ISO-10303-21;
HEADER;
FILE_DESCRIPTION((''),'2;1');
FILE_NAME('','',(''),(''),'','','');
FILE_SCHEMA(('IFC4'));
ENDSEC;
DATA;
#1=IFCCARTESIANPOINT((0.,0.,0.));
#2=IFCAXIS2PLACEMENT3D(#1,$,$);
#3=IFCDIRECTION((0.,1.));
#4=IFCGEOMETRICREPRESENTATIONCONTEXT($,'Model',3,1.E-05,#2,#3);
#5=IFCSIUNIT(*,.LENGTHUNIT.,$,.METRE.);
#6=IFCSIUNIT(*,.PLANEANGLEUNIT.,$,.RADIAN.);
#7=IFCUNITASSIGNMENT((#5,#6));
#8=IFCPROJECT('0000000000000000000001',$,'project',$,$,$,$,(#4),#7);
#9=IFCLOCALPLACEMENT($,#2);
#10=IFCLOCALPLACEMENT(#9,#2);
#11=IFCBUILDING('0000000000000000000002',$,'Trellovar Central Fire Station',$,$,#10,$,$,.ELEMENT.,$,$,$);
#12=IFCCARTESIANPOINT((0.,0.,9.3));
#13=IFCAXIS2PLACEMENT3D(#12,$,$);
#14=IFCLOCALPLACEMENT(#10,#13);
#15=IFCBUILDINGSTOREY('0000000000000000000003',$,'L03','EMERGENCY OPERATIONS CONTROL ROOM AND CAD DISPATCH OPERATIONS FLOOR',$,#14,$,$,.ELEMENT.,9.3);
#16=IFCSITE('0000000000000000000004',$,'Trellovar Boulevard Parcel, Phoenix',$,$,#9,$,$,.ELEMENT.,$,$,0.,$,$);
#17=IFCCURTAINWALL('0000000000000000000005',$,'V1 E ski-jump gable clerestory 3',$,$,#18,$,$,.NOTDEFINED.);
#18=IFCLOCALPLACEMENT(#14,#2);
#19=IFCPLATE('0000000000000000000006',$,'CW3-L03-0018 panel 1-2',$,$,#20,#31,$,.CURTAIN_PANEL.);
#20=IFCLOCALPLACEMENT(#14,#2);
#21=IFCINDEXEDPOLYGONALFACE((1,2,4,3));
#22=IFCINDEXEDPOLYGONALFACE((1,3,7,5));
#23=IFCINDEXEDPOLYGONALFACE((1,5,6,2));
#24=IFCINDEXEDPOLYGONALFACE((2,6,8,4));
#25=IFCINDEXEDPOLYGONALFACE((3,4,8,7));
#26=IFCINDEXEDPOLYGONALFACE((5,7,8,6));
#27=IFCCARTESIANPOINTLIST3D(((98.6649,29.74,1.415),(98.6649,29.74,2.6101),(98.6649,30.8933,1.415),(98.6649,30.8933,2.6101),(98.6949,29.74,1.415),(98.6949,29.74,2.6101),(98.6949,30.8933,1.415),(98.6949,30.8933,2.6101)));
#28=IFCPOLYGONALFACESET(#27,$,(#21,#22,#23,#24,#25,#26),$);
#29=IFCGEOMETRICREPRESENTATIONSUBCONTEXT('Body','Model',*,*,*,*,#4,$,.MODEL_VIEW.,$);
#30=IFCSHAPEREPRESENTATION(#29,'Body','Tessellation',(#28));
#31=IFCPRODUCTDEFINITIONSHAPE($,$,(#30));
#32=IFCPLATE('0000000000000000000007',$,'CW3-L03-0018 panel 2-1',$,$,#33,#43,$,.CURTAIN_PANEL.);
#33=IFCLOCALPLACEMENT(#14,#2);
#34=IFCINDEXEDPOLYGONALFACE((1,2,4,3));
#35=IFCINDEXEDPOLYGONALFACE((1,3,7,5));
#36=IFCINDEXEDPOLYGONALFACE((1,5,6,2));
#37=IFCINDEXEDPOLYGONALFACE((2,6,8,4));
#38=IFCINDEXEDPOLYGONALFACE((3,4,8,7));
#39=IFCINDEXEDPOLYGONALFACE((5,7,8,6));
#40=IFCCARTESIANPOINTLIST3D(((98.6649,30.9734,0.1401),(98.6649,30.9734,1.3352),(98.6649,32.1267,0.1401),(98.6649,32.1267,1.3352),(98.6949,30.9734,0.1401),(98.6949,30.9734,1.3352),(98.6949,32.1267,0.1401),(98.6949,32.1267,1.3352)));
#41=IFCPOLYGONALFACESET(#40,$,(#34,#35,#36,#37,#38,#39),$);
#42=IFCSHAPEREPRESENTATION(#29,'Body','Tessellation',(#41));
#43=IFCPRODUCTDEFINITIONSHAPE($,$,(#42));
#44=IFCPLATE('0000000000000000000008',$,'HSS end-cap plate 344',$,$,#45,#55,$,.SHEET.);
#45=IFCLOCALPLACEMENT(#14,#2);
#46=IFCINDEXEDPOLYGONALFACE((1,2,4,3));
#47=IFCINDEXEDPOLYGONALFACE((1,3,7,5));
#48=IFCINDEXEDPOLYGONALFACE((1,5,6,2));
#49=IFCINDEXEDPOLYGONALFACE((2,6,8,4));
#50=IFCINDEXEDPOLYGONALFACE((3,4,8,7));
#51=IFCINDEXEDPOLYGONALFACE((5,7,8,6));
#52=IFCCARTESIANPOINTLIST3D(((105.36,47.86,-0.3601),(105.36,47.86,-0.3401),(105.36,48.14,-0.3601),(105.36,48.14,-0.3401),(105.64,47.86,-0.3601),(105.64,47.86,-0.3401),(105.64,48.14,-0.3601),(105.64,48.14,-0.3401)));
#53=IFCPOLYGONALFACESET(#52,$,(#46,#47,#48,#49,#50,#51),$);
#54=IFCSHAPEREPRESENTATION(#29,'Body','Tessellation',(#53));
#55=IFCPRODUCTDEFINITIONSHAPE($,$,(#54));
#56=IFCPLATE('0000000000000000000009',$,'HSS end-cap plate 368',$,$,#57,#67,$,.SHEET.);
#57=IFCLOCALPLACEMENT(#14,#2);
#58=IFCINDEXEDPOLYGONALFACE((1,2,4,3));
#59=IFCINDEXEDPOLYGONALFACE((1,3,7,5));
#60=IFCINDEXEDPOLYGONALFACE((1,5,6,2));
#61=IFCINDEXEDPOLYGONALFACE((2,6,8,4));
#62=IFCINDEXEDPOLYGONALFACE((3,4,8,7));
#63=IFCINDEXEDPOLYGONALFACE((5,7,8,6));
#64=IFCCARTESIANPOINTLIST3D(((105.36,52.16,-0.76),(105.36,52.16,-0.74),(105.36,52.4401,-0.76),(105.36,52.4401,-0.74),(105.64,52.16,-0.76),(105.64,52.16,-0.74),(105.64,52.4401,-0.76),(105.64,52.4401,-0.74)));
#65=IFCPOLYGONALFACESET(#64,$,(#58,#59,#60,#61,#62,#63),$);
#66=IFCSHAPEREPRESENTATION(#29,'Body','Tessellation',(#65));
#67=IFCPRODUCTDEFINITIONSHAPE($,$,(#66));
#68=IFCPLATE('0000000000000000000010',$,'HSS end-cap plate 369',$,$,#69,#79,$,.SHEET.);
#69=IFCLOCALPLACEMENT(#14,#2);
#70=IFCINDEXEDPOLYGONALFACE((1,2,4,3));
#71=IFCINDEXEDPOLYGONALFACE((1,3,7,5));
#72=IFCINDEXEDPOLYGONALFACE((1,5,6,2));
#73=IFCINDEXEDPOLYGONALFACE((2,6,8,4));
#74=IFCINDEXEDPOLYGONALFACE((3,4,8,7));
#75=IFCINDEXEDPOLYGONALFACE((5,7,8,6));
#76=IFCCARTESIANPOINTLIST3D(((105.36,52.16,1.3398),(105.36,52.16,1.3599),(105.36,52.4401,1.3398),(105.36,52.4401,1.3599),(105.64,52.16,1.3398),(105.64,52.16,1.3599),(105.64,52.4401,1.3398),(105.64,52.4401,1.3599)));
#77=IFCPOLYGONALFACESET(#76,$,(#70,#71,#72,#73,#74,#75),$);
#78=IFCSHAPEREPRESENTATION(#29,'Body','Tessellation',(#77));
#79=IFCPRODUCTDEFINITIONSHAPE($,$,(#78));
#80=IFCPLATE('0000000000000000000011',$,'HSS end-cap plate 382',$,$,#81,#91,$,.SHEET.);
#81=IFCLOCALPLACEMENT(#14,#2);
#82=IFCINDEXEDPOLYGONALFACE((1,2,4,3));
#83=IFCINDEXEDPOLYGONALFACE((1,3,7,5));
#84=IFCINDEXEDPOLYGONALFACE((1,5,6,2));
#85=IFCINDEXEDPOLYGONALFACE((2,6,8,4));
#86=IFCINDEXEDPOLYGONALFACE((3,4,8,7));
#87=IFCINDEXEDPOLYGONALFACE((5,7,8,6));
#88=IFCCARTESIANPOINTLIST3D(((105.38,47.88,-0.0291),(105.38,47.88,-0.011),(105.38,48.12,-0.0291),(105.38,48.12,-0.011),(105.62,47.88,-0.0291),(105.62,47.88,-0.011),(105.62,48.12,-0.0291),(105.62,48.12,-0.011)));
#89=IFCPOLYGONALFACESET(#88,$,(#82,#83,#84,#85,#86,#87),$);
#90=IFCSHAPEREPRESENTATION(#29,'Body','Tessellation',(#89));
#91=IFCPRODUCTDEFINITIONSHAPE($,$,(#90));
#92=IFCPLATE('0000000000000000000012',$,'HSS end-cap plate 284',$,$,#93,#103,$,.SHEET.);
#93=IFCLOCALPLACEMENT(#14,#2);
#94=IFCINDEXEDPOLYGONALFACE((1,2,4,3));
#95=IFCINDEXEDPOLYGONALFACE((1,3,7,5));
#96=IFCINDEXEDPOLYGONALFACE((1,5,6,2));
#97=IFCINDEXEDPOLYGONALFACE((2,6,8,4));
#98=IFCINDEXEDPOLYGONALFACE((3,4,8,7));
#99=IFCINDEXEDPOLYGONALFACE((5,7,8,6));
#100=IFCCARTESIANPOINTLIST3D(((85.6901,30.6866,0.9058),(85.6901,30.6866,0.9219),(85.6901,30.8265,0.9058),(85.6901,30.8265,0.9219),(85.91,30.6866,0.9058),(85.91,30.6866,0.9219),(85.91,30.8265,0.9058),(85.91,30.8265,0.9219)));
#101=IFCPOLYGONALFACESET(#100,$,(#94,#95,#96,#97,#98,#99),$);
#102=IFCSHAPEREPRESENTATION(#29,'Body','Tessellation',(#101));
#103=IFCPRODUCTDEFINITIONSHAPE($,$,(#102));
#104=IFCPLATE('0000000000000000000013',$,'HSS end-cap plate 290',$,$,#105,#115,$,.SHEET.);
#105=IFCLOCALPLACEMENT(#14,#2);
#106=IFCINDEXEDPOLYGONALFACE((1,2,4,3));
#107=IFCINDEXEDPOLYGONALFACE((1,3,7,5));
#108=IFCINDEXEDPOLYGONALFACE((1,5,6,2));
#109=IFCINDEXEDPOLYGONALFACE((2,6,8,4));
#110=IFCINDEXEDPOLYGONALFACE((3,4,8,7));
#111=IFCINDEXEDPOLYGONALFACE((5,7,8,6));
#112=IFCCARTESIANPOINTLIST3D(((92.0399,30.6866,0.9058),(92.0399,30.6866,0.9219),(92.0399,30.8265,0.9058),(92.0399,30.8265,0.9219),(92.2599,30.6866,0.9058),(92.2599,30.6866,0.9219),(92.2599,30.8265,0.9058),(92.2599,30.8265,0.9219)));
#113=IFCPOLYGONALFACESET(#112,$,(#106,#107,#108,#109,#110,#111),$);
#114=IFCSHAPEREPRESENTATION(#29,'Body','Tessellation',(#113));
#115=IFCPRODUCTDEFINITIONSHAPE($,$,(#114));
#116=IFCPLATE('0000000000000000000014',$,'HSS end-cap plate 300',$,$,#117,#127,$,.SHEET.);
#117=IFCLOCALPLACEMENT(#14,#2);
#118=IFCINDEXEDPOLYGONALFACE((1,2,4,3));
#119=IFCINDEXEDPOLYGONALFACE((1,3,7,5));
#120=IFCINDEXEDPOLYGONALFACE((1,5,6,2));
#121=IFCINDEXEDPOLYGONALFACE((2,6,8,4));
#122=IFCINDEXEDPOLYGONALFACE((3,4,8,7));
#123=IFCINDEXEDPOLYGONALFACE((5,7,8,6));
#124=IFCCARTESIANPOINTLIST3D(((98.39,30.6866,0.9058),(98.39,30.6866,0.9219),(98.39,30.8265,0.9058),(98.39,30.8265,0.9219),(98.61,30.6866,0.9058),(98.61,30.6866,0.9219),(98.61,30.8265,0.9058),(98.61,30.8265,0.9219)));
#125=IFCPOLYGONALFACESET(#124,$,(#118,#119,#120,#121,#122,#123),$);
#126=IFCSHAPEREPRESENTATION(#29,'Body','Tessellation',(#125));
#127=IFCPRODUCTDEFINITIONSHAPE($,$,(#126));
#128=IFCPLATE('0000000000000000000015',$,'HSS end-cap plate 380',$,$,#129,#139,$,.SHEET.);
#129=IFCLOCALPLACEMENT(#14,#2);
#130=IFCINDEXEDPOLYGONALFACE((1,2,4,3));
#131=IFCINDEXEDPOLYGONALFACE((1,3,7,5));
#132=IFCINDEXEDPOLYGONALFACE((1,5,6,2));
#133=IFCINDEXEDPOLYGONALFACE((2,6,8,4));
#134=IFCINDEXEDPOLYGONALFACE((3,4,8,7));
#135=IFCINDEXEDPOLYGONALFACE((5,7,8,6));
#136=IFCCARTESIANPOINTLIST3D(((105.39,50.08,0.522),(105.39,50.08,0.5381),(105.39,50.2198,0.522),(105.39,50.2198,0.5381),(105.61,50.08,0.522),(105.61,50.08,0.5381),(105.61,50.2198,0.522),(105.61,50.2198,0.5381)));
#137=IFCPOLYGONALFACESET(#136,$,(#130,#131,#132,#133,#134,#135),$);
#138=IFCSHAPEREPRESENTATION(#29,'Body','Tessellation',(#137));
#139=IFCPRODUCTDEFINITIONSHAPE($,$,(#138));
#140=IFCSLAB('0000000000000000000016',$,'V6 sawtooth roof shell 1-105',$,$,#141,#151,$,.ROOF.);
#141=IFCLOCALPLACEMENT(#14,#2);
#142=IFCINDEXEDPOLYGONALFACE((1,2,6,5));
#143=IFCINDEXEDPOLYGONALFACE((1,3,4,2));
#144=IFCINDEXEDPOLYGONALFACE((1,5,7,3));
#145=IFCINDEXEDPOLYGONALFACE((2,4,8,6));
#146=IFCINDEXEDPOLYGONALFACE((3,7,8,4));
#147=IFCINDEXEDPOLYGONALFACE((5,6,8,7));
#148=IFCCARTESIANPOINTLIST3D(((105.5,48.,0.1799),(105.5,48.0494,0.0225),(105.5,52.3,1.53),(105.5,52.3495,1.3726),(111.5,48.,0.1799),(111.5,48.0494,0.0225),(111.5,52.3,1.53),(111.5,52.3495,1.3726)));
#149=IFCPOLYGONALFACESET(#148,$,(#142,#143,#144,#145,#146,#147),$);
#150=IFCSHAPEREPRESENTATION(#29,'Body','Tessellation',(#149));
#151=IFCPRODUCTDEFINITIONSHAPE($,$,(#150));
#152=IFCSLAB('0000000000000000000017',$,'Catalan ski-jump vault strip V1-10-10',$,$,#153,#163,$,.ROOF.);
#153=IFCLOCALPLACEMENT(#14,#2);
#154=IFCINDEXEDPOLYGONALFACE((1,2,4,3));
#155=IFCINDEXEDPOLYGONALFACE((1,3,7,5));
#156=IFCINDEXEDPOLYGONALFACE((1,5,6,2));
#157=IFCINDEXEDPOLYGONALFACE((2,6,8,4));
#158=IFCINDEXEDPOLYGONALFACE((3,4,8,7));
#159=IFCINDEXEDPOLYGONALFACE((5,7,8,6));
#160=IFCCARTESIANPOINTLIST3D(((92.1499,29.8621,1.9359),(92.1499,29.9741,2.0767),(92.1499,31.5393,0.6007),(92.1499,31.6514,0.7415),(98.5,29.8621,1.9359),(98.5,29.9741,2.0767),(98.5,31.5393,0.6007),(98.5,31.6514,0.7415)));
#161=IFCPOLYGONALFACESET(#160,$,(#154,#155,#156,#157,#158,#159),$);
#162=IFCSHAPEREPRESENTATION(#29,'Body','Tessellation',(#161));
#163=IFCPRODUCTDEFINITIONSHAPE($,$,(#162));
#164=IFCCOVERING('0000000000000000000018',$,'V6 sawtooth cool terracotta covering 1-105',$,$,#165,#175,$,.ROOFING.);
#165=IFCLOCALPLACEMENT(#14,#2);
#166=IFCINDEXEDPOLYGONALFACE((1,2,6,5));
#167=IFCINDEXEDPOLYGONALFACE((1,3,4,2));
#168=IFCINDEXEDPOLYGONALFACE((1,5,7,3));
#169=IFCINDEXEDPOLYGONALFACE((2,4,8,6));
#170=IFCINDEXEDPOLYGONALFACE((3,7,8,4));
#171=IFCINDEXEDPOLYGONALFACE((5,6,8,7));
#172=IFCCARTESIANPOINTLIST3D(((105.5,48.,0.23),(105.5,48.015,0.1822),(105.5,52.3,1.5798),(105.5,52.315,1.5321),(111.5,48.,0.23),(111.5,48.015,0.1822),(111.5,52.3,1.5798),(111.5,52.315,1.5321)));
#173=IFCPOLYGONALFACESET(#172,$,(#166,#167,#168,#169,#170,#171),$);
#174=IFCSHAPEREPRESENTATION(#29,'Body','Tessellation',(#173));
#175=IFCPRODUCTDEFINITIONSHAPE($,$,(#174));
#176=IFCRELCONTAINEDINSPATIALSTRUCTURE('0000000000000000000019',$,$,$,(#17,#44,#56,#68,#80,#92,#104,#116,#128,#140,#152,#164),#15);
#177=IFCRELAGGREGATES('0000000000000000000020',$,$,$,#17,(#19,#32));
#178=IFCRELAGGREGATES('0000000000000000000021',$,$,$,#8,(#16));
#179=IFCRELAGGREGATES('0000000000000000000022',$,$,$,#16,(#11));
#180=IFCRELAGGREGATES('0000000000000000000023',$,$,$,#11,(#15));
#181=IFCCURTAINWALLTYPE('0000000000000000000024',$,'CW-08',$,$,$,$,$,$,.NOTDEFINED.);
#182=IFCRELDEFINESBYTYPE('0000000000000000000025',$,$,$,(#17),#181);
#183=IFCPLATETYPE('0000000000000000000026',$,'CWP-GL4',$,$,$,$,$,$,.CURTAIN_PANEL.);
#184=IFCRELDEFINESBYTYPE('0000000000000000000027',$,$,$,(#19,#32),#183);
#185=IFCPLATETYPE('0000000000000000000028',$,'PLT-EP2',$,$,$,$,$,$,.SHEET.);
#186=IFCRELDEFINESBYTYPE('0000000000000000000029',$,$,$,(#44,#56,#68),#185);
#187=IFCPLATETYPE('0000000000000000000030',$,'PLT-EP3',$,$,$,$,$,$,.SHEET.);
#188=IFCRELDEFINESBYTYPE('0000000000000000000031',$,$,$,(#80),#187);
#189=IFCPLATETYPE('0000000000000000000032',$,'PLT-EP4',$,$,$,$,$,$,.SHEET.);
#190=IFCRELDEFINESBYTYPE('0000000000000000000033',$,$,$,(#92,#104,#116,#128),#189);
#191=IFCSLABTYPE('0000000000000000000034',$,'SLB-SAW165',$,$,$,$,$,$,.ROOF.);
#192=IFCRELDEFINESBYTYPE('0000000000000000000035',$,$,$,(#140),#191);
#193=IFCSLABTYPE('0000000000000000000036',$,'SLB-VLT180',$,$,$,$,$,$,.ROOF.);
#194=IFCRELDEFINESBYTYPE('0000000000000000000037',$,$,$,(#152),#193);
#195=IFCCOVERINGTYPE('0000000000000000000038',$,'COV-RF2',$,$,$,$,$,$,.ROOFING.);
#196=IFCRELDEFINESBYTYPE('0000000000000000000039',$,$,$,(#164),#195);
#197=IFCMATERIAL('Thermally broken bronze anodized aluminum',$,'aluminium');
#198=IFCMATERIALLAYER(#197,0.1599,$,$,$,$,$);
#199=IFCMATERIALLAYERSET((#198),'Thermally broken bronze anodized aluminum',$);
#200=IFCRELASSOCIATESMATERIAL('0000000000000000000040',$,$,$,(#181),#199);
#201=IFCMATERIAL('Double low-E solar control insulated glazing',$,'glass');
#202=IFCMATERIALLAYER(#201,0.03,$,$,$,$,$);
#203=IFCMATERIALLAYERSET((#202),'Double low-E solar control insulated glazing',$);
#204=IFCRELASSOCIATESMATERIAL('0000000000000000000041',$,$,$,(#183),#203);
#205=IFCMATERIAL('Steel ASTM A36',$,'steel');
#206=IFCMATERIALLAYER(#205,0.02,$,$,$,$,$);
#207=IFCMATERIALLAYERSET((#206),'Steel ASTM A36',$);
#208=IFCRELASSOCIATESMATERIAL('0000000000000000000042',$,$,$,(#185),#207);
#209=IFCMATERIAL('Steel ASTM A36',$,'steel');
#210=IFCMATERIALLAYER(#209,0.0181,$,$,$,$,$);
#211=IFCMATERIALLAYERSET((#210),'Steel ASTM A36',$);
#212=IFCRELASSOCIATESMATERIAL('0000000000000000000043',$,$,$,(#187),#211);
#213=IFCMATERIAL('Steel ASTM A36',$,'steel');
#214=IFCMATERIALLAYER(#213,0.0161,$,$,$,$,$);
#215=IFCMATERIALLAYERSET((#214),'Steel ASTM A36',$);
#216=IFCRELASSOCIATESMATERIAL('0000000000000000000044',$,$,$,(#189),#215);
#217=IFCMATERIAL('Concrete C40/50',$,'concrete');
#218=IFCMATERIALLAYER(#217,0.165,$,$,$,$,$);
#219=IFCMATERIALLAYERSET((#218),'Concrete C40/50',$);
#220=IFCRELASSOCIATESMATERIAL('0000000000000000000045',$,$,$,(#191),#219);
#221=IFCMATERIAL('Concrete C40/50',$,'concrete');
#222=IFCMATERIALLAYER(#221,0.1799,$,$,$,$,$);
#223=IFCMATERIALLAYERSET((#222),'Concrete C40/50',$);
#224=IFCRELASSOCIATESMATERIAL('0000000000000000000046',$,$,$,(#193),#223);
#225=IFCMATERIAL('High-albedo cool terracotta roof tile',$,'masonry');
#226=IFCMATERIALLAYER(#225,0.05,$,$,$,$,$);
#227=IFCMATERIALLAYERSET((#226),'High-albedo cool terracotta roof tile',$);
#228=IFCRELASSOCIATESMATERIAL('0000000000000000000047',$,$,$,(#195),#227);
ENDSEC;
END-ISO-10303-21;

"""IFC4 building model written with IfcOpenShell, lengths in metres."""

from ifc_helpers import new_model, si_unit, direction, frame, origin, origin_2d, place, context, subcontext, project, spatial, polyline, rectangle, outline, extrude, material, layer, layer_set, type_object, element, aggregate, save


model = new_model("IFC4")

# Units and contexts
model_context = context("Model", 3, precision=1e-05, world=origin(), true_north=direction((0.0, 1.0)))
body_context = subcontext(model_context, "Body", "Model", "MODEL_VIEW")
ifc_project = project(units=[si_unit("LENGTHUNIT", "METRE"), si_unit("PLANEANGLEUNIT", "RADIAN")], contexts=[model_context])

# Site, building, storey
site_placement = place(None, origin())
site = spatial("IfcSite", under=ifc_project, at=site_placement, Name="Trellovar Boulevard Parcel, Phoenix", CompositionType="ELEMENT", RefElevation=0.0)
building_placement = place(site_placement, origin())
building = spatial("IfcBuilding", under=site, at=building_placement, Name="Trellovar Central Fire Station", CompositionType="ELEMENT")
storey_placement = place(building_placement, frame((0.0, 0.0, 9.3)))
storey = spatial("IfcBuildingStorey", under=building, at=storey_placement, Name="L03", Description="EMERGENCY OPERATIONS CONTROL ROOM AND CAD DISPATCH OPERATIONS FLOOR", CompositionType="ELEMENT", Elevation=9.3)

# Curtain wall
ifc_material_1 = material(Name="Thermally broken bronze anodized aluminum", Category="aluminium")
ifc_layer_1 = layer(ifc_material_1, 0.1599)
ifc_layer_set_1 = layer_set([ifc_layer_1], Name="Thermally broken bronze anodized aluminum")
curtain_wall_type = type_object("IfcCurtainWallType", Name="CW-08", PredefinedType="NOTDEFINED", material=ifc_layer_set_1)
curtain_wall_placement = place(storey_placement, origin())
curtain_wall = element("IfcCurtainWall", 1, at=curtain_wall_placement, inside=storey, type_object=curtain_wall_type, Name="V1 E ski-jump gable clerestory 3", PredefinedType="NOTDEFINED")

# Plates
ifc_material_2 = material(Name="Double low-E solar control insulated glazing", Category="glass")
ifc_layer_2 = layer(ifc_material_2, 0.03)
ifc_layer_set_2 = layer_set([ifc_layer_2], Name="Double low-E solar control insulated glazing")
plate_type_1 = type_object("IfcPlateType", Name="CWP-GL4", PredefinedType="CURTAIN_PANEL", material=ifc_layer_set_2)
plate_1_placement = place(storey_placement, frame((98.6799, 30.3167, 1.415), z_axis=(0.0, 0.0, 1.0), x_axis=(0.0, 1.0, 0.0)))
plate_1 = element("IfcPlate", 2, at=plate_1_placement, type_object=plate_type_1, Name="CW3-L03-0018 panel 1-2", PredefinedType="CURTAIN_PANEL", context=body_context, shape_type="SweptSolid", body=[
    extrude(rectangle(XDim=1.1533, YDim=0.03, at=origin_2d()), origin(), (0.0, 0.0, 1.0), 1.1951),
])
plate_2_placement = place(storey_placement, frame((98.6799, 31.55, 0.1401), z_axis=(0.0, 0.0, 1.0), x_axis=(0.0, 1.0, 0.0)))
plate_2 = element("IfcPlate", 3, at=plate_2_placement, type_object=plate_type_1, Name="CW3-L03-0018 panel 2-1", PredefinedType="CURTAIN_PANEL", context=body_context, shape_type="SweptSolid", body=[
    extrude(rectangle(XDim=1.1533, YDim=0.03, at=origin_2d()), origin(), (0.0, 0.0, 1.0), 1.1951),
])
aggregate(curtain_wall, [plate_1, plate_2])

# Plates
ifc_material_3 = material(Name="Steel ASTM A36", Category="steel")
ifc_layer_3 = layer(ifc_material_3, 0.02)
ifc_layer_set_3 = layer_set([ifc_layer_3], Name="Steel ASTM A36")
plate_type_2 = type_object("IfcPlateType", Name="PLT-EP2", PredefinedType="SHEET", material=ifc_layer_set_3)
for number, where, z_axis, x_axis, name in (
    (4, (105.5, 48.0, -0.3601), (0.0, 0.0, 1.0), (1.0, 0.0, 0.0), "HSS end-cap plate 344"),
    (5, (105.5, 52.3, -0.76), (0.0, 0.0, 1.0), (1.0, 0.0, 0.0), "HSS end-cap plate 368"),
    (6, (105.5, 52.3, 1.3398), (0.0, 0.0, 1.0), (1.0, 0.0, 0.0), "HSS end-cap plate 369"),
):
    element("IfcPlate", number, at=place(storey_placement, frame(where, z_axis=z_axis, x_axis=x_axis)), inside=storey, type_object=plate_type_2, Name=name, PredefinedType="SHEET", context=body_context, shape_type="SweptSolid", body=[
        extrude(rectangle(XDim=0.28, YDim=0.28, at=origin_2d()), origin(), (0.0, 0.0, 1.0), 0.02),
    ])
ifc_material_4 = material(Name="Steel ASTM A36", Category="steel")
ifc_layer_4 = layer(ifc_material_4, 0.0181)
ifc_layer_set_4 = layer_set([ifc_layer_4], Name="Steel ASTM A36")
plate_type_3 = type_object("IfcPlateType", Name="PLT-EP3", PredefinedType="SHEET", material=ifc_layer_set_4)
plate_3_placement = place(storey_placement, frame((105.5, 48.0, -0.0291), z_axis=(0.0, 0.0, 1.0), x_axis=(1.0, 0.0, 0.0)))
element("IfcPlate", 7, at=plate_3_placement, inside=storey, type_object=plate_type_3, Name="HSS end-cap plate 382", PredefinedType="SHEET", context=body_context, shape_type="SweptSolid", body=[
    extrude(rectangle(XDim=0.24, YDim=0.24, at=origin_2d()), origin(), (0.0, 0.0, 1.0), 0.0181),
])
ifc_material_5 = material(Name="Steel ASTM A36", Category="steel")
ifc_layer_5 = layer(ifc_material_5, 0.0161)
ifc_layer_set_5 = layer_set([ifc_layer_5], Name="Steel ASTM A36")
plate_type_4 = type_object("IfcPlateType", Name="PLT-EP4", PredefinedType="SHEET", material=ifc_layer_set_5)
for number, where, z_axis, x_axis, name in (
    (8, (85.8, 30.7566, 0.9058), (0.0, 0.0, 1.0), (1.0, 0.0, 0.0), "HSS end-cap plate 284"),
    (9, (92.1499, 30.7566, 0.9058), (0.0, 0.0, 1.0), (1.0, 0.0, 0.0), "HSS end-cap plate 290"),
    (10, (98.5, 30.7566, 0.9058), (0.0, 0.0, 1.0), (1.0, 0.0, 0.0), "HSS end-cap plate 300"),
    (11, (105.5, 50.1499, 0.522), (0.0, 0.0, 1.0), (1.0, 0.0, 0.0), "HSS end-cap plate 380"),
):
    element("IfcPlate", number, at=place(storey_placement, frame(where, z_axis=z_axis, x_axis=x_axis)), inside=storey, type_object=plate_type_4, Name=name, PredefinedType="SHEET", context=body_context, shape_type="SweptSolid", body=[
        extrude(rectangle(XDim=0.22, YDim=0.1399, at=origin_2d()), origin(), (0.0, 0.0, 1.0), 0.0161),
    ])

# Slabs
ifc_material_6 = material(Name="Concrete C40/50", Category="concrete")
ifc_layer_6 = layer(ifc_material_6, 0.165)
ifc_layer_set_6 = layer_set([ifc_layer_6], Name="Concrete C40/50")
slab_type_1 = type_object("IfcSlabType", Name="SLB-SAW165", PredefinedType="ROOF", material=ifc_layer_set_6)
slab_1_placement = place(storey_placement, frame((105.5, 48.0, 0.1799), z_axis=(0.0, -0.299555, 0.954079), x_axis=(1.0, 0.0, 0.0)))
element("IfcSlab", 12, at=slab_1_placement, inside=storey, type_object=slab_type_1, Name="V6 sawtooth roof shell 1-105", PredefinedType="ROOF", context=body_context, shape_type="SweptSolid", body=[
    extrude(outline(polyline([(0.0, 0.0), (6.0, 0.0), (6.0, 4.507), (0.0, 4.507), (0.0, 0.0)])), origin(), (0.0, 0.0, -1.0), 0.165),
])
ifc_material_7 = material(Name="Concrete C40/50", Category="concrete")
ifc_layer_7 = layer(ifc_material_7, 0.1799)
ifc_layer_set_7 = layer_set([ifc_layer_7], Name="Concrete C40/50")
slab_type_2 = type_object("IfcSlabType", Name="SLB-VLT180", PredefinedType="ROOF", material=ifc_layer_set_7)
slab_2_placement = place(storey_placement, frame((92.1499, 29.9741, 2.0767), z_axis=(0.0, 0.622818, 0.782366), x_axis=(1.0, 0.0, 0.0)))
element("IfcSlab", 13, at=slab_2_placement, inside=storey, type_object=slab_type_2, Name="Catalan ski-jump vault strip V1-10-10", PredefinedType="ROOF", context=body_context, shape_type="SweptSolid", body=[
    extrude(outline(polyline([(0.0, 0.0), (6.3501, 0.0), (6.3501, 2.1438), (0.0, 2.1438), (0.0, 0.0)])), origin(), (0.0, 0.0, -1.0), 0.1799),
])

# Covering
ifc_material_8 = material(Name="High-albedo cool terracotta roof tile", Category="masonry")
ifc_layer_8 = layer(ifc_material_8, 0.05)
ifc_layer_set_8 = layer_set([ifc_layer_8], Name="High-albedo cool terracotta roof tile")
covering_type = type_object("IfcCoveringType", Name="COV-RF2", PredefinedType="ROOFING", material=ifc_layer_set_8)
covering_placement = place(storey_placement, frame((105.5, 48.0, 0.23), z_axis=(0.0, -0.299505, 0.954095), x_axis=(1.0, 0.0, 0.0)))
element("IfcCovering", 14, at=covering_placement, inside=storey, type_object=covering_type, Name="V6 sawtooth cool terracotta covering 1-105", PredefinedType="ROOFING", context=body_context, shape_type="SweptSolid", body=[
    extrude(outline(polyline([(0.0, 0.0), (6.0, 0.0), (6.0, 4.5069), (0.0, 4.5069), (0.0, 0.0)])), origin(), (0.0, 0.0, -1.0), 0.05),
])

save(model, "model.ifc")
